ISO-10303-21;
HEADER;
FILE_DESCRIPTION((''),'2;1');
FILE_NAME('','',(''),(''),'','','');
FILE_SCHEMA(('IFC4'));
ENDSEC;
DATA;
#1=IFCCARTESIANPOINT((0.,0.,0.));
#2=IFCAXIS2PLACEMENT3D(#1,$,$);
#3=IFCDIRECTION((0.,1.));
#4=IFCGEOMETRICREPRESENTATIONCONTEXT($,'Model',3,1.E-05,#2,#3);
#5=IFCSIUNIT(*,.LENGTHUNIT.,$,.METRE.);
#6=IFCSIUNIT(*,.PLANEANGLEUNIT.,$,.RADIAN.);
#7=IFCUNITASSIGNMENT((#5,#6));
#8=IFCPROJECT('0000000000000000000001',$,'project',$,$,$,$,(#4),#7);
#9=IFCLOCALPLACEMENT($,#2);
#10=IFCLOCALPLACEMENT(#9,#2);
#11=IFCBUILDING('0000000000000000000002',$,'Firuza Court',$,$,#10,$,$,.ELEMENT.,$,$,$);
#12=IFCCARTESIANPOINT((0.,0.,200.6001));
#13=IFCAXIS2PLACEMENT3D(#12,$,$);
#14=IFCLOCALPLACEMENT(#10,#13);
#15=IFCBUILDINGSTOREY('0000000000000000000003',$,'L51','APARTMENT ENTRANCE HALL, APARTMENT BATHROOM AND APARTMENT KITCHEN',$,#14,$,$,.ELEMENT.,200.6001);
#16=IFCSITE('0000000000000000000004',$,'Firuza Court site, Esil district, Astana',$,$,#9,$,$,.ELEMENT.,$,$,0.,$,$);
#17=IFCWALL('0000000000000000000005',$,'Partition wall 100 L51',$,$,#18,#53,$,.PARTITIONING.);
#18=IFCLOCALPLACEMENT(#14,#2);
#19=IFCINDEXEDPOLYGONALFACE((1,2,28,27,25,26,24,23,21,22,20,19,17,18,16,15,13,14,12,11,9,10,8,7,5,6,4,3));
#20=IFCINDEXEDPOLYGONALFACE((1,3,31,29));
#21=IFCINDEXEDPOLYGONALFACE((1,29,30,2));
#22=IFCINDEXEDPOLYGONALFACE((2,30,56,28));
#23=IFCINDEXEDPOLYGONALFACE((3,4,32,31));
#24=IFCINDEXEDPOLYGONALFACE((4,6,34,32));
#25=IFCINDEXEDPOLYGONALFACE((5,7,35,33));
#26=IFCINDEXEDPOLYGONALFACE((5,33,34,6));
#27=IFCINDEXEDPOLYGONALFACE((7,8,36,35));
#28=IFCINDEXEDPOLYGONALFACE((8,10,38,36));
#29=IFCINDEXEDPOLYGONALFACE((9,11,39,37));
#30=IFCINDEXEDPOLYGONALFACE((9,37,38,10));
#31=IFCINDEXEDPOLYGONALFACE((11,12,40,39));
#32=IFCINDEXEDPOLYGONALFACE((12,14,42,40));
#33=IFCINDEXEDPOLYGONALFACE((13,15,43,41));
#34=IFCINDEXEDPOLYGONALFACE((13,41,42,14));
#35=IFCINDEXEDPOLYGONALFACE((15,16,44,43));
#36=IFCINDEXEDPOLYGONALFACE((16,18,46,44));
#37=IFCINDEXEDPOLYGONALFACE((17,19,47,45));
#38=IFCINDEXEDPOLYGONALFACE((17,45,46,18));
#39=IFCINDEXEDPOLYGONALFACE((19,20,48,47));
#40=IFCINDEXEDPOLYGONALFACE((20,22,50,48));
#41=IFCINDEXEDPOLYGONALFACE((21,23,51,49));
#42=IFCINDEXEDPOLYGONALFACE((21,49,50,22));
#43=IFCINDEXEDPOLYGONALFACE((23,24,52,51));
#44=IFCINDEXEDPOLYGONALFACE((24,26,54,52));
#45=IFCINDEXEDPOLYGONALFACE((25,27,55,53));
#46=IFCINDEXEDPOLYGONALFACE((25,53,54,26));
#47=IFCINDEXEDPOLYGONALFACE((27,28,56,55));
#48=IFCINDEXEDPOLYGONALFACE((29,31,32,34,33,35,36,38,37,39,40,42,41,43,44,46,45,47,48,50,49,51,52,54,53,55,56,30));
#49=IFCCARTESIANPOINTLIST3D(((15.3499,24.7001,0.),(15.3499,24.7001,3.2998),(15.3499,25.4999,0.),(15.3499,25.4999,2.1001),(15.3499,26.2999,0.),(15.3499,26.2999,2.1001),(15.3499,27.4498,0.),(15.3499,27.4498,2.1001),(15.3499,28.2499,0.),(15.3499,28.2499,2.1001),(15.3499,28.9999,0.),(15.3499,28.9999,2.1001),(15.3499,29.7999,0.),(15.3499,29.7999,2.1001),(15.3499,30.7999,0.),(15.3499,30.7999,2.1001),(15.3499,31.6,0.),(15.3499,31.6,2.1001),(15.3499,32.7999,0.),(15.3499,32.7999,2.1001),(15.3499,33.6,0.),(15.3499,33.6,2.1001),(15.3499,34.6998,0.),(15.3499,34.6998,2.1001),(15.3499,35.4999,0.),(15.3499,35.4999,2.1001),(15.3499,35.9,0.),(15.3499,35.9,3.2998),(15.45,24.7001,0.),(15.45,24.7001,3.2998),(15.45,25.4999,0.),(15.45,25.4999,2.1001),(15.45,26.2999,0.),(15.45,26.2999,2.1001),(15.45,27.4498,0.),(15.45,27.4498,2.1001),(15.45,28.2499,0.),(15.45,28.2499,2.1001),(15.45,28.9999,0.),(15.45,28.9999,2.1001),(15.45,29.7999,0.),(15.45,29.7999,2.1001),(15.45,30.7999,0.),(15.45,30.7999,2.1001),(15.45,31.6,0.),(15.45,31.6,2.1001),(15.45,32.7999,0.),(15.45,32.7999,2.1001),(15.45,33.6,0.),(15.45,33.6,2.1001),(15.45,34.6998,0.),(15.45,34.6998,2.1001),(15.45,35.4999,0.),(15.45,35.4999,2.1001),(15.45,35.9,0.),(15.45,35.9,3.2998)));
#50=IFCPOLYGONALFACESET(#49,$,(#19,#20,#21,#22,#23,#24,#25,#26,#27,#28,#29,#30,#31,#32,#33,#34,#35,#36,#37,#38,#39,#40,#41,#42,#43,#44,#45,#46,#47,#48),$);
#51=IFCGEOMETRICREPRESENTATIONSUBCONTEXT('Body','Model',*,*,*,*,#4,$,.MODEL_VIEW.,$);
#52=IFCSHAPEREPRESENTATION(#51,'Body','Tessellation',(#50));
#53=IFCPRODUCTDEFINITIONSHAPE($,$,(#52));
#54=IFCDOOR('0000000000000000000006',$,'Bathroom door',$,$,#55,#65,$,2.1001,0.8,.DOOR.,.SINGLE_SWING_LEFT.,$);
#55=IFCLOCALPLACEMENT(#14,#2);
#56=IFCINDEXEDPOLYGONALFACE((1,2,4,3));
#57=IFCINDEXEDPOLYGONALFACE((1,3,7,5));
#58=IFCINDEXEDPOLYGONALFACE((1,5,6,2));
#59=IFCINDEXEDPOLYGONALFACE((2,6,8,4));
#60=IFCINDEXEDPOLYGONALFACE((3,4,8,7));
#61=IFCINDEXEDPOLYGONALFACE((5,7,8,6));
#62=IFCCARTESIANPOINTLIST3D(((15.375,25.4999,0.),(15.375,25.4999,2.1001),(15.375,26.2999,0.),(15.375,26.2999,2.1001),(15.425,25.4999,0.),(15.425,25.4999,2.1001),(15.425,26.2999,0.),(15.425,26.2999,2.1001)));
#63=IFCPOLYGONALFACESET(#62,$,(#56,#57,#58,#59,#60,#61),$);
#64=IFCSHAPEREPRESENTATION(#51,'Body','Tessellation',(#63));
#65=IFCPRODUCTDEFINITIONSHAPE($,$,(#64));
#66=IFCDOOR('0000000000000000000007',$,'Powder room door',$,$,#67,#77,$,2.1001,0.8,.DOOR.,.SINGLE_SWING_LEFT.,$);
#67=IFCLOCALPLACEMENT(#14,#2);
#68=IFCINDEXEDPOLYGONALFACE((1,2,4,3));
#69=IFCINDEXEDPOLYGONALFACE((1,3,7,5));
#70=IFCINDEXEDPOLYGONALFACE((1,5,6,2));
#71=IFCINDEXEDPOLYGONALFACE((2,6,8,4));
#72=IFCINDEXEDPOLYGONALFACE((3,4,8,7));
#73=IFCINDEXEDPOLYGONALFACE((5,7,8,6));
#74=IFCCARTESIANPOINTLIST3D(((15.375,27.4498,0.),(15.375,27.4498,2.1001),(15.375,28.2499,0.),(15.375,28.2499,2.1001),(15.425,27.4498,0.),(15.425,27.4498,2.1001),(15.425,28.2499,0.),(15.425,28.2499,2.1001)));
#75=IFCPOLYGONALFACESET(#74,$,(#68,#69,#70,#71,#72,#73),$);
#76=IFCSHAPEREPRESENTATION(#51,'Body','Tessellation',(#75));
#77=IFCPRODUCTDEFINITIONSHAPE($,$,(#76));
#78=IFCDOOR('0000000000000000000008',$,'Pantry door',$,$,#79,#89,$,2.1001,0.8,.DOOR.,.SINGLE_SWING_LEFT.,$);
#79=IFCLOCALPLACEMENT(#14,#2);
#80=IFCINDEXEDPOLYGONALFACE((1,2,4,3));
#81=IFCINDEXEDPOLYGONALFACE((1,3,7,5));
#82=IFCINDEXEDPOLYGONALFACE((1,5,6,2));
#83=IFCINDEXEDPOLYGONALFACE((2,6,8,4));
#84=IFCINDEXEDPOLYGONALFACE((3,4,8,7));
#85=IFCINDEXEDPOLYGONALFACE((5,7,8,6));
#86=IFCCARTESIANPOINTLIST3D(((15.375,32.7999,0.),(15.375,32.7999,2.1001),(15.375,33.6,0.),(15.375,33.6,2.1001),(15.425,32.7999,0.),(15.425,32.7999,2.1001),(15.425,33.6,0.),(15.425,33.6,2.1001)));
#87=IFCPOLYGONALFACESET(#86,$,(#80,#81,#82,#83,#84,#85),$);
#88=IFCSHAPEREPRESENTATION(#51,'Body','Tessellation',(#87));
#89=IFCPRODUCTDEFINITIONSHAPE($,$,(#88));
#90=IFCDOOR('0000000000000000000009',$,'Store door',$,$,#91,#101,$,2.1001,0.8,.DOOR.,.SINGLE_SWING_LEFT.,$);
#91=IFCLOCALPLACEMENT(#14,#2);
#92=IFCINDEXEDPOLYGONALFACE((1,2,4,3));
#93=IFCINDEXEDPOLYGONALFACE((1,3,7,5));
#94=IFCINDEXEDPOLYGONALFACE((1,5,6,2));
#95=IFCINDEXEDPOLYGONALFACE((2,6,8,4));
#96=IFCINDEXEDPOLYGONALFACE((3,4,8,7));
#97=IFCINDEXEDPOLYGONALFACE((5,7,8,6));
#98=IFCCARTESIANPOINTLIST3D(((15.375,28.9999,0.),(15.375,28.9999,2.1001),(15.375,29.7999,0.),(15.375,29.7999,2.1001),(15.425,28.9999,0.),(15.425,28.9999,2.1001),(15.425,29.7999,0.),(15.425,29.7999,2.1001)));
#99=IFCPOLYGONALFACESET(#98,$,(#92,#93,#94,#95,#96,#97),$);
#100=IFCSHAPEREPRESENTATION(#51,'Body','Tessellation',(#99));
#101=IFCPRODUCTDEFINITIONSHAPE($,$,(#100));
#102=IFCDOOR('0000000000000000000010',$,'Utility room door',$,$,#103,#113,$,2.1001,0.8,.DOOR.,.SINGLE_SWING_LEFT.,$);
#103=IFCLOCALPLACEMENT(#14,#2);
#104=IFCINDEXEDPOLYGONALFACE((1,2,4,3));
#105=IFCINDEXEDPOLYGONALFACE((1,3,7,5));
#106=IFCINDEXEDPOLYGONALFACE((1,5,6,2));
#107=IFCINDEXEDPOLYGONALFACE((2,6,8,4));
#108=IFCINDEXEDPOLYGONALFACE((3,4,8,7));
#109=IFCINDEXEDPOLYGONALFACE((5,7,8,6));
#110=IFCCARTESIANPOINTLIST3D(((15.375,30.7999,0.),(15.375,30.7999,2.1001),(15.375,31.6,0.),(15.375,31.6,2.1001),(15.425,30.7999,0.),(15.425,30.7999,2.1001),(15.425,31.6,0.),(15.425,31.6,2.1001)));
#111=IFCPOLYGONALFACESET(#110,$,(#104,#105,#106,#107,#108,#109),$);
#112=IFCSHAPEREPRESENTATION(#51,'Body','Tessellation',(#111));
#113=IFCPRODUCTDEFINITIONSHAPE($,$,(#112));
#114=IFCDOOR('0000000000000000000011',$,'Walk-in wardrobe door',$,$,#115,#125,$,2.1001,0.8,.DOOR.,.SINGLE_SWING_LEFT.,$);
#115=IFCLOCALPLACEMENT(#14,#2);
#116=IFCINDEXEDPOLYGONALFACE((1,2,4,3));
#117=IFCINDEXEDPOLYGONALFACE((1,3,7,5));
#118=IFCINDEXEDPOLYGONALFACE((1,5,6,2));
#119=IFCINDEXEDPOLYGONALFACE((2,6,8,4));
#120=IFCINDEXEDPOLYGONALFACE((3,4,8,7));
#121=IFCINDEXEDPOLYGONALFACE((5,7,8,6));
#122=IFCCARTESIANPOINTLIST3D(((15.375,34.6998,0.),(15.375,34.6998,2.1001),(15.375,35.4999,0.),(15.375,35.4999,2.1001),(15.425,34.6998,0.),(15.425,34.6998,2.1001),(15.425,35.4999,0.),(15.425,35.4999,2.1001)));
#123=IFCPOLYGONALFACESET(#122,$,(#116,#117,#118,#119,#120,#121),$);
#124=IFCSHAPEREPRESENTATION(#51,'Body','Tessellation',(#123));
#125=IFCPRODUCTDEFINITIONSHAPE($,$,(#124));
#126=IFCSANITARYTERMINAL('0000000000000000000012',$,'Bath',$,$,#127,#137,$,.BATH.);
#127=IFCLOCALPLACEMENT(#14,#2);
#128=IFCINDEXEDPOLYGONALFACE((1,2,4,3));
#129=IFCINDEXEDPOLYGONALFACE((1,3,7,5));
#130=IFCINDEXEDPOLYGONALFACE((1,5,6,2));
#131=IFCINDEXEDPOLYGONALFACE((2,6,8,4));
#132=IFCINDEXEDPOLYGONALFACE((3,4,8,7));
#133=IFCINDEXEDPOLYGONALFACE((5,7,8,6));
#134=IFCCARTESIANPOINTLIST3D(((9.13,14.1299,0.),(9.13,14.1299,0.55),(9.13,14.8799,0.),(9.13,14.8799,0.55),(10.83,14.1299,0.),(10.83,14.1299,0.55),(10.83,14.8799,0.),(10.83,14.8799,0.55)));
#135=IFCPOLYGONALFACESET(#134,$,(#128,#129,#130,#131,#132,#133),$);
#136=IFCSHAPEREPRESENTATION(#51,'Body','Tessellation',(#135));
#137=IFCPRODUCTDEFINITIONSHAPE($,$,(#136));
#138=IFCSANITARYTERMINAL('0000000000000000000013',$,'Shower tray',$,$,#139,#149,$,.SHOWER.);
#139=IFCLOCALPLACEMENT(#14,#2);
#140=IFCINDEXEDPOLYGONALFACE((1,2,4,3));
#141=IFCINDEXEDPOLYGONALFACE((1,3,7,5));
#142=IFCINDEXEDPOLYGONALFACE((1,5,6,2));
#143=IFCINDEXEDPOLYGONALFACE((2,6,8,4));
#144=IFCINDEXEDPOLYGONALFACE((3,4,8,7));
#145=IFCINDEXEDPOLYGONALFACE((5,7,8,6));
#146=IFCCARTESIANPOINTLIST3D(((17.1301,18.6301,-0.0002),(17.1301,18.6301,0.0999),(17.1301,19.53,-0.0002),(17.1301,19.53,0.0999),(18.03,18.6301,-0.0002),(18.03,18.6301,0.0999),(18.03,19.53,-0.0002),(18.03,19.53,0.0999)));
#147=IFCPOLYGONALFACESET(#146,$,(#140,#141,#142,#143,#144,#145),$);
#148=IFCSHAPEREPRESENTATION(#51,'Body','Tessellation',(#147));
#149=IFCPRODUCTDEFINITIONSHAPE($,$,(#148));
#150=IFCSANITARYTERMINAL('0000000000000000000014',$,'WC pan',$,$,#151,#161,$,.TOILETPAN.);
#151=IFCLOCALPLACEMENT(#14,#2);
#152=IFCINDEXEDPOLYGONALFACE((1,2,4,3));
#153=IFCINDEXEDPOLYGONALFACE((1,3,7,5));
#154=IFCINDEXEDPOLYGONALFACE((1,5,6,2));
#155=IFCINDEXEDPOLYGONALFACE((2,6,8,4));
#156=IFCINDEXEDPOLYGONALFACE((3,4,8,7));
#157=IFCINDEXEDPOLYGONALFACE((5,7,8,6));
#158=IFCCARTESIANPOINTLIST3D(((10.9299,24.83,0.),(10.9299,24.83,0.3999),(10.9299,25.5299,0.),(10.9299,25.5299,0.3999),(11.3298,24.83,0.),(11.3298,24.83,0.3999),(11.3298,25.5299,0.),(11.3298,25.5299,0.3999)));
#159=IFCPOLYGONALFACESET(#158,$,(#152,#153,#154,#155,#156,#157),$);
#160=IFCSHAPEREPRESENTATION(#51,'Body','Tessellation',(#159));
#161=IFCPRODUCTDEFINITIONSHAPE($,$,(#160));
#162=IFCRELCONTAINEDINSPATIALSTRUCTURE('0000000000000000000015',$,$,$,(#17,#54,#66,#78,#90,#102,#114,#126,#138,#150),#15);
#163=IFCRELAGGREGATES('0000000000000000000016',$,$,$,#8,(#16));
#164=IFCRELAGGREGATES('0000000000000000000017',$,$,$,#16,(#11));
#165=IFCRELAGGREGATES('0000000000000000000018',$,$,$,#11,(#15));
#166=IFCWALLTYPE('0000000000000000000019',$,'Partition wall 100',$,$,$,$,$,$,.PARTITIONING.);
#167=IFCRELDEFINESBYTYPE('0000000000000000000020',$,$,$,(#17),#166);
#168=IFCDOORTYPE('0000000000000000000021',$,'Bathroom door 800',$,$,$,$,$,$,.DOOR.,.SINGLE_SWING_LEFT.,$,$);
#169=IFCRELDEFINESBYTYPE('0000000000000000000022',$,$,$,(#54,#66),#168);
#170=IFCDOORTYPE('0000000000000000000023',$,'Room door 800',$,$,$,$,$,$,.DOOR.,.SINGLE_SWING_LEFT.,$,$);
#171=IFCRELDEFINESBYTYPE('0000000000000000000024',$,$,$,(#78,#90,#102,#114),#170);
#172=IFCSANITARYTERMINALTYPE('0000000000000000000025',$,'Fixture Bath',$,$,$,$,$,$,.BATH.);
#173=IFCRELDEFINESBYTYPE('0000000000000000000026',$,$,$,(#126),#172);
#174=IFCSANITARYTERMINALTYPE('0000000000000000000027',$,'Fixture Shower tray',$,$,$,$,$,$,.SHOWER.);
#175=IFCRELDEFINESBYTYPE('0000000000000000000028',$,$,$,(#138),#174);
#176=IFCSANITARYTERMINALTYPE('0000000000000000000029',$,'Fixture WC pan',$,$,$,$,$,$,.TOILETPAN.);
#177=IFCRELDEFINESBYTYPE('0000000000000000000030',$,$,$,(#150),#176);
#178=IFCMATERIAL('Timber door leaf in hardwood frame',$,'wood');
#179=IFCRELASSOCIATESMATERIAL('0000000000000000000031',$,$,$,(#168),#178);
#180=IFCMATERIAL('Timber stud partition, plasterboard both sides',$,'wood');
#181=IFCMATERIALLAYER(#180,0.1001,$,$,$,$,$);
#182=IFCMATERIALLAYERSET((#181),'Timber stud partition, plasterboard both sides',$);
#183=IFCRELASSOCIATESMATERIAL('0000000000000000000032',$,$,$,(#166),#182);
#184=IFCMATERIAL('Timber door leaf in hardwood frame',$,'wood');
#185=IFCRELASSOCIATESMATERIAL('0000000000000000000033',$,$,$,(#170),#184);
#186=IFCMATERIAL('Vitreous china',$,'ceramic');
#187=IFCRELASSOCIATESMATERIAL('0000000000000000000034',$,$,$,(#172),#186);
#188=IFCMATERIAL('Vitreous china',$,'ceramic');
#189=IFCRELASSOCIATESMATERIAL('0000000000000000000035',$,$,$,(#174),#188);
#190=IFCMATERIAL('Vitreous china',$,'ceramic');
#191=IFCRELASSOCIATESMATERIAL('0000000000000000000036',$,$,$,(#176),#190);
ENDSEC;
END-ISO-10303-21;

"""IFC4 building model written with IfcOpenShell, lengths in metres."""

from ifc_helpers import new_model, si_unit, direction, frame, frame_2d, origin, origin_2d, place, context, subcontext, project, spatial, rectangle, extrude, material, layer, layer_set, type_object, element, fill, save


model = new_model("IFC4")

# Units and contexts
model_context = context("Model", 3, precision=1e-05, world=origin(), true_north=direction((0.0, 1.0)))
body_context = subcontext(model_context, "Body", "Model", "MODEL_VIEW")
ifc_project = project(units=[si_unit("LENGTHUNIT", "METRE"), si_unit("PLANEANGLEUNIT", "RADIAN")], contexts=[model_context])

# Site, building, storey
site_placement = place(None, origin())
site = spatial("IfcSite", under=ifc_project, at=site_placement, Name="Firuza Court site, Esil district, Astana", CompositionType="ELEMENT", RefElevation=0.0)
building_placement = place(site_placement, origin())
building = spatial("IfcBuilding", under=site, at=building_placement, Name="Firuza Court", CompositionType="ELEMENT")
storey_placement = place(building_placement, frame((0.0, 0.0, 200.6001)))
storey = spatial("IfcBuildingStorey", under=building, at=storey_placement, Name="L51", Description="APARTMENT ENTRANCE HALL, APARTMENT BATHROOM AND APARTMENT KITCHEN", CompositionType="ELEMENT", Elevation=200.6001)

# Shared definitions
ifc_material_1 = material(Name="Timber door leaf in hardwood frame", Category="wood")
door_type_1 = type_object("IfcDoorType", Name="Bathroom door 800", OperationType="SINGLE_SWING_LEFT", PredefinedType="DOOR", material=ifc_material_1)
ifc_material_2 = material(Name="Timber stud partition, plasterboard both sides", Category="wood")
ifc_layer_1 = layer(ifc_material_2, 0.1001)
ifc_layer_set_1 = layer_set([ifc_layer_1], Name="Timber stud partition, plasterboard both sides")
wall_type_1 = type_object("IfcWallType", Name="Partition wall 100", PredefinedType="PARTITIONING", material=ifc_layer_set_1)

# Wall, openings, doors
wall_1_placement = place(storey_placement, frame((15.3999, 24.7, 0.0), z_axis=(0.0, 0.0, 1.0), x_axis=(0.0, 1.0, 0.0)))
wall_1 = element("IfcWall", 1, at=wall_1_placement, inside=storey, type_object=wall_type_1, Name="Partition wall 100 L51", PredefinedType="PARTITIONING", context=body_context, shape_type="SweptSolid", body=[
    extrude(rectangle(XDim=11.2, YDim=0.1001, at=frame_2d((5.6001, 0.0))), origin(), (0.0, 0.0, 1.0), 3.2998),
])
opening_1_placement = place(wall_1_placement, frame((0.8, 0.0, 0.0)))
opening_1 = element("IfcOpeningElement", 2, at=opening_1_placement, cuts=wall_1, PredefinedType="OPENING", context=body_context, shape_type="SweptSolid", body=[
    extrude(rectangle(XDim=0.8, YDim=2.1001, at=frame_2d((0.3999, 1.05))), frame((0.0, 0.062, 0.0), z_axis=(0.0, -1.0, 0.0), x_axis=(1.0, 0.0, 0.0)), (0.0, 0.0, 1.0), 0.124),
])
opening_2_placement = place(wall_1_placement, frame((8.1001, 0.0, 0.0)))
opening_2 = element("IfcOpeningElement", 3, at=opening_2_placement, cuts=wall_1, PredefinedType="OPENING", context=body_context, shape_type="SweptSolid", body=[
    extrude(rectangle(XDim=0.8, YDim=2.1001, at=frame_2d((0.3999, 1.05))), frame((0.0, 0.062, 0.0), z_axis=(0.0, -1.0, 0.0), x_axis=(1.0, 0.0, 0.0)), (0.0, 0.0, 1.0), 0.124),
])
opening_3_placement = place(wall_1_placement, frame((4.3, 0.0, 0.0)))
opening_3 = element("IfcOpeningElement", 4, at=opening_3_placement, cuts=wall_1, PredefinedType="OPENING", context=body_context, shape_type="SweptSolid", body=[
    extrude(rectangle(XDim=0.8, YDim=2.1001, at=frame_2d((0.3999, 1.05))), frame((0.0, 0.062, 0.0), z_axis=(0.0, -1.0, 0.0), x_axis=(1.0, 0.0, 0.0)), (0.0, 0.0, 1.0), 0.124),
])
opening_4_placement = place(wall_1_placement, frame((6.1001, 0.0, 0.0)))
opening_4 = element("IfcOpeningElement", 5, at=opening_4_placement, cuts=wall_1, PredefinedType="OPENING", context=body_context, shape_type="SweptSolid", body=[
    extrude(rectangle(XDim=0.8, YDim=2.1001, at=frame_2d((0.3999, 1.05))), frame((0.0, 0.062, 0.0), z_axis=(0.0, -1.0, 0.0), x_axis=(1.0, 0.0, 0.0)), (0.0, 0.0, 1.0), 0.124),
])
opening_5_placement = place(wall_1_placement, frame((10.0, 0.0, 0.0)))
opening_5 = element("IfcOpeningElement", 6, at=opening_5_placement, cuts=wall_1, PredefinedType="OPENING", context=body_context, shape_type="SweptSolid", body=[
    extrude(rectangle(XDim=0.8, YDim=2.1001, at=frame_2d((0.3999, 1.05))), frame((0.0, 0.062, 0.0), z_axis=(0.0, -1.0, 0.0), x_axis=(1.0, 0.0, 0.0)), (0.0, 0.0, 1.0), 0.124),
])
opening_6_placement = place(wall_1_placement, frame((2.75, 0.0, 0.0)))
opening_6 = element("IfcOpeningElement", 7, at=opening_6_placement, cuts=wall_1, PredefinedType="OPENING", context=body_context, shape_type="SweptSolid", body=[
    extrude(rectangle(XDim=0.8, YDim=2.1001, at=frame_2d((0.3999, 1.05))), frame((0.0, 0.062, 0.0), z_axis=(0.0, -1.0, 0.0), x_axis=(1.0, 0.0, 0.0)), (0.0, 0.0, 1.0), 0.124),
])
door_1_placement = place(opening_1_placement, origin())
door_1 = element("IfcDoor", 8, at=door_1_placement, inside=storey, type_object=door_type_1, Name="Bathroom door", OperationType="SINGLE_SWING_LEFT", OverallHeight=2.1001, OverallWidth=0.8, PredefinedType="DOOR", context=body_context, shape_type="SweptSolid", body=[
    extrude(rectangle(XDim=0.8, YDim=2.1001, at=frame_2d((0.3999, 1.05))), frame((0.0, 0.0249, 0.0), z_axis=(0.0, -1.0, 0.0), x_axis=(1.0, 0.0, 0.0)), (0.0, 0.0, 1.0), 0.05),
])
fill(opening_1, door_1)
door_2_placement = place(opening_6_placement, origin())
door_2 = element("IfcDoor", 9, at=door_2_placement, inside=storey, type_object=door_type_1, Name="Powder room door", OperationType="SINGLE_SWING_LEFT", OverallHeight=2.1001, OverallWidth=0.8, PredefinedType="DOOR", context=body_context, shape_type="SweptSolid", body=[
    extrude(rectangle(XDim=0.8, YDim=2.1001, at=frame_2d((0.3999, 1.05))), frame((0.0, 0.0249, 0.0), z_axis=(0.0, -1.0, 0.0), x_axis=(1.0, 0.0, 0.0)), (0.0, 0.0, 1.0), 0.05),
])
fill(opening_6, door_2)
ifc_material_3 = material(Name="Timber door leaf in hardwood frame", Category="wood")
door_type_2 = type_object("IfcDoorType", Name="Room door 800", OperationType="SINGLE_SWING_LEFT", PredefinedType="DOOR", material=ifc_material_3)
door_3_placement = place(opening_2_placement, origin())
door_3 = element("IfcDoor", 10, at=door_3_placement, inside=storey, type_object=door_type_2, Name="Pantry door", OperationType="SINGLE_SWING_LEFT", OverallHeight=2.1001, OverallWidth=0.8, PredefinedType="DOOR", context=body_context, shape_type="SweptSolid", body=[
    extrude(rectangle(XDim=0.8, YDim=2.1001, at=frame_2d((0.3999, 1.05))), frame((0.0, 0.0249, 0.0), z_axis=(0.0, -1.0, 0.0), x_axis=(1.0, 0.0, 0.0)), (0.0, 0.0, 1.0), 0.05),
])
fill(opening_2, door_3)
door_4_placement = place(opening_3_placement, origin())
door_4 = element("IfcDoor", 11, at=door_4_placement, inside=storey, type_object=door_type_2, Name="Store door", OperationType="SINGLE_SWING_LEFT", OverallHeight=2.1001, OverallWidth=0.8, PredefinedType="DOOR", context=body_context, shape_type="SweptSolid", body=[
    extrude(rectangle(XDim=0.8, YDim=2.1001, at=frame_2d((0.3999, 1.05))), frame((0.0, 0.0249, 0.0), z_axis=(0.0, -1.0, 0.0), x_axis=(1.0, 0.0, 0.0)), (0.0, 0.0, 1.0), 0.05),
])
fill(opening_3, door_4)
door_5_placement = place(opening_4_placement, origin())
door_5 = element("IfcDoor", 12, at=door_5_placement, inside=storey, type_object=door_type_2, Name="Utility room door", OperationType="SINGLE_SWING_LEFT", OverallHeight=2.1001, OverallWidth=0.8, PredefinedType="DOOR", context=body_context, shape_type="SweptSolid", body=[
    extrude(rectangle(XDim=0.8, YDim=2.1001, at=frame_2d((0.3999, 1.05))), frame((0.0, 0.0249, 0.0), z_axis=(0.0, -1.0, 0.0), x_axis=(1.0, 0.0, 0.0)), (0.0, 0.0, 1.0), 0.05),
])
fill(opening_4, door_5)
door_6_placement = place(opening_5_placement, origin())
door_6 = element("IfcDoor", 13, at=door_6_placement, inside=storey, type_object=door_type_2, Name="Walk-in wardrobe door", OperationType="SINGLE_SWING_LEFT", OverallHeight=2.1001, OverallWidth=0.8, PredefinedType="DOOR", context=body_context, shape_type="SweptSolid", body=[
    extrude(rectangle(XDim=0.8, YDim=2.1001, at=frame_2d((0.3999, 1.05))), frame((0.0, 0.0249, 0.0), z_axis=(0.0, -1.0, 0.0), x_axis=(1.0, 0.0, 0.0)), (0.0, 0.0, 1.0), 0.05),
])
fill(opening_5, door_6)

# Sanitary terminals
ifc_material_4 = material(Name="Vitreous china", Category="ceramic")
sanitary_terminal_type_1 = type_object("IfcSanitaryTerminalType", Name="Fixture Bath", PredefinedType="BATH", material=ifc_material_4)
sanitary_terminal_1_placement = place(storey_placement, frame((9.98, 14.5049, 0.0), z_axis=(0.0, 0.0, 1.0), x_axis=(1.0, 0.0, 0.0)))
element("IfcSanitaryTerminal", 14, at=sanitary_terminal_1_placement, inside=storey, type_object=sanitary_terminal_type_1, Name="Bath", PredefinedType="BATH", context=body_context, shape_type="SweptSolid", body=[
    extrude(rectangle(XDim=1.7, YDim=0.75, at=origin_2d()), origin(), (0.0, 0.0, 1.0), 0.55),
])
ifc_material_5 = material(Name="Vitreous china", Category="ceramic")
sanitary_terminal_type_2 = type_object("IfcSanitaryTerminalType", Name="Fixture Shower tray", PredefinedType="SHOWER", material=ifc_material_5)
sanitary_terminal_2_placement = place(storey_placement, frame((17.5801, 19.0801, -0.0002), z_axis=(0.0, 0.0, 1.0), x_axis=(1.0, 0.0, 0.0)))
element("IfcSanitaryTerminal", 15, at=sanitary_terminal_2_placement, inside=storey, type_object=sanitary_terminal_type_2, Name="Shower tray", PredefinedType="SHOWER", context=body_context, shape_type="SweptSolid", body=[
    extrude(rectangle(XDim=0.8999, YDim=0.8999, at=origin_2d()), origin(), (0.0, 0.0, 1.0), 0.1001),
])
ifc_material_6 = material(Name="Vitreous china", Category="ceramic")
sanitary_terminal_type_3 = type_object("IfcSanitaryTerminalType", Name="Fixture WC pan", PredefinedType="TOILETPAN", material=ifc_material_6)
for number, where, z_axis, x_axis, name in (
    (16, (11.1299, 25.1799, 0.0), (0.0, 0.0, 1.0), (1.0, 0.0, 0.0), "WC pan"),
):
    element("IfcSanitaryTerminal", number, at=place(storey_placement, frame(where, z_axis=z_axis, x_axis=x_axis)), inside=storey, type_object=sanitary_terminal_type_3, Name=name, PredefinedType="TOILETPAN", context=body_context, shape_type="SweptSolid", body=[
        extrude(rectangle(XDim=0.3999, YDim=0.7, at=origin_2d()), origin(), (0.0, 0.0, 1.0), 0.3999),
    ])

save(model, "model.ifc")
